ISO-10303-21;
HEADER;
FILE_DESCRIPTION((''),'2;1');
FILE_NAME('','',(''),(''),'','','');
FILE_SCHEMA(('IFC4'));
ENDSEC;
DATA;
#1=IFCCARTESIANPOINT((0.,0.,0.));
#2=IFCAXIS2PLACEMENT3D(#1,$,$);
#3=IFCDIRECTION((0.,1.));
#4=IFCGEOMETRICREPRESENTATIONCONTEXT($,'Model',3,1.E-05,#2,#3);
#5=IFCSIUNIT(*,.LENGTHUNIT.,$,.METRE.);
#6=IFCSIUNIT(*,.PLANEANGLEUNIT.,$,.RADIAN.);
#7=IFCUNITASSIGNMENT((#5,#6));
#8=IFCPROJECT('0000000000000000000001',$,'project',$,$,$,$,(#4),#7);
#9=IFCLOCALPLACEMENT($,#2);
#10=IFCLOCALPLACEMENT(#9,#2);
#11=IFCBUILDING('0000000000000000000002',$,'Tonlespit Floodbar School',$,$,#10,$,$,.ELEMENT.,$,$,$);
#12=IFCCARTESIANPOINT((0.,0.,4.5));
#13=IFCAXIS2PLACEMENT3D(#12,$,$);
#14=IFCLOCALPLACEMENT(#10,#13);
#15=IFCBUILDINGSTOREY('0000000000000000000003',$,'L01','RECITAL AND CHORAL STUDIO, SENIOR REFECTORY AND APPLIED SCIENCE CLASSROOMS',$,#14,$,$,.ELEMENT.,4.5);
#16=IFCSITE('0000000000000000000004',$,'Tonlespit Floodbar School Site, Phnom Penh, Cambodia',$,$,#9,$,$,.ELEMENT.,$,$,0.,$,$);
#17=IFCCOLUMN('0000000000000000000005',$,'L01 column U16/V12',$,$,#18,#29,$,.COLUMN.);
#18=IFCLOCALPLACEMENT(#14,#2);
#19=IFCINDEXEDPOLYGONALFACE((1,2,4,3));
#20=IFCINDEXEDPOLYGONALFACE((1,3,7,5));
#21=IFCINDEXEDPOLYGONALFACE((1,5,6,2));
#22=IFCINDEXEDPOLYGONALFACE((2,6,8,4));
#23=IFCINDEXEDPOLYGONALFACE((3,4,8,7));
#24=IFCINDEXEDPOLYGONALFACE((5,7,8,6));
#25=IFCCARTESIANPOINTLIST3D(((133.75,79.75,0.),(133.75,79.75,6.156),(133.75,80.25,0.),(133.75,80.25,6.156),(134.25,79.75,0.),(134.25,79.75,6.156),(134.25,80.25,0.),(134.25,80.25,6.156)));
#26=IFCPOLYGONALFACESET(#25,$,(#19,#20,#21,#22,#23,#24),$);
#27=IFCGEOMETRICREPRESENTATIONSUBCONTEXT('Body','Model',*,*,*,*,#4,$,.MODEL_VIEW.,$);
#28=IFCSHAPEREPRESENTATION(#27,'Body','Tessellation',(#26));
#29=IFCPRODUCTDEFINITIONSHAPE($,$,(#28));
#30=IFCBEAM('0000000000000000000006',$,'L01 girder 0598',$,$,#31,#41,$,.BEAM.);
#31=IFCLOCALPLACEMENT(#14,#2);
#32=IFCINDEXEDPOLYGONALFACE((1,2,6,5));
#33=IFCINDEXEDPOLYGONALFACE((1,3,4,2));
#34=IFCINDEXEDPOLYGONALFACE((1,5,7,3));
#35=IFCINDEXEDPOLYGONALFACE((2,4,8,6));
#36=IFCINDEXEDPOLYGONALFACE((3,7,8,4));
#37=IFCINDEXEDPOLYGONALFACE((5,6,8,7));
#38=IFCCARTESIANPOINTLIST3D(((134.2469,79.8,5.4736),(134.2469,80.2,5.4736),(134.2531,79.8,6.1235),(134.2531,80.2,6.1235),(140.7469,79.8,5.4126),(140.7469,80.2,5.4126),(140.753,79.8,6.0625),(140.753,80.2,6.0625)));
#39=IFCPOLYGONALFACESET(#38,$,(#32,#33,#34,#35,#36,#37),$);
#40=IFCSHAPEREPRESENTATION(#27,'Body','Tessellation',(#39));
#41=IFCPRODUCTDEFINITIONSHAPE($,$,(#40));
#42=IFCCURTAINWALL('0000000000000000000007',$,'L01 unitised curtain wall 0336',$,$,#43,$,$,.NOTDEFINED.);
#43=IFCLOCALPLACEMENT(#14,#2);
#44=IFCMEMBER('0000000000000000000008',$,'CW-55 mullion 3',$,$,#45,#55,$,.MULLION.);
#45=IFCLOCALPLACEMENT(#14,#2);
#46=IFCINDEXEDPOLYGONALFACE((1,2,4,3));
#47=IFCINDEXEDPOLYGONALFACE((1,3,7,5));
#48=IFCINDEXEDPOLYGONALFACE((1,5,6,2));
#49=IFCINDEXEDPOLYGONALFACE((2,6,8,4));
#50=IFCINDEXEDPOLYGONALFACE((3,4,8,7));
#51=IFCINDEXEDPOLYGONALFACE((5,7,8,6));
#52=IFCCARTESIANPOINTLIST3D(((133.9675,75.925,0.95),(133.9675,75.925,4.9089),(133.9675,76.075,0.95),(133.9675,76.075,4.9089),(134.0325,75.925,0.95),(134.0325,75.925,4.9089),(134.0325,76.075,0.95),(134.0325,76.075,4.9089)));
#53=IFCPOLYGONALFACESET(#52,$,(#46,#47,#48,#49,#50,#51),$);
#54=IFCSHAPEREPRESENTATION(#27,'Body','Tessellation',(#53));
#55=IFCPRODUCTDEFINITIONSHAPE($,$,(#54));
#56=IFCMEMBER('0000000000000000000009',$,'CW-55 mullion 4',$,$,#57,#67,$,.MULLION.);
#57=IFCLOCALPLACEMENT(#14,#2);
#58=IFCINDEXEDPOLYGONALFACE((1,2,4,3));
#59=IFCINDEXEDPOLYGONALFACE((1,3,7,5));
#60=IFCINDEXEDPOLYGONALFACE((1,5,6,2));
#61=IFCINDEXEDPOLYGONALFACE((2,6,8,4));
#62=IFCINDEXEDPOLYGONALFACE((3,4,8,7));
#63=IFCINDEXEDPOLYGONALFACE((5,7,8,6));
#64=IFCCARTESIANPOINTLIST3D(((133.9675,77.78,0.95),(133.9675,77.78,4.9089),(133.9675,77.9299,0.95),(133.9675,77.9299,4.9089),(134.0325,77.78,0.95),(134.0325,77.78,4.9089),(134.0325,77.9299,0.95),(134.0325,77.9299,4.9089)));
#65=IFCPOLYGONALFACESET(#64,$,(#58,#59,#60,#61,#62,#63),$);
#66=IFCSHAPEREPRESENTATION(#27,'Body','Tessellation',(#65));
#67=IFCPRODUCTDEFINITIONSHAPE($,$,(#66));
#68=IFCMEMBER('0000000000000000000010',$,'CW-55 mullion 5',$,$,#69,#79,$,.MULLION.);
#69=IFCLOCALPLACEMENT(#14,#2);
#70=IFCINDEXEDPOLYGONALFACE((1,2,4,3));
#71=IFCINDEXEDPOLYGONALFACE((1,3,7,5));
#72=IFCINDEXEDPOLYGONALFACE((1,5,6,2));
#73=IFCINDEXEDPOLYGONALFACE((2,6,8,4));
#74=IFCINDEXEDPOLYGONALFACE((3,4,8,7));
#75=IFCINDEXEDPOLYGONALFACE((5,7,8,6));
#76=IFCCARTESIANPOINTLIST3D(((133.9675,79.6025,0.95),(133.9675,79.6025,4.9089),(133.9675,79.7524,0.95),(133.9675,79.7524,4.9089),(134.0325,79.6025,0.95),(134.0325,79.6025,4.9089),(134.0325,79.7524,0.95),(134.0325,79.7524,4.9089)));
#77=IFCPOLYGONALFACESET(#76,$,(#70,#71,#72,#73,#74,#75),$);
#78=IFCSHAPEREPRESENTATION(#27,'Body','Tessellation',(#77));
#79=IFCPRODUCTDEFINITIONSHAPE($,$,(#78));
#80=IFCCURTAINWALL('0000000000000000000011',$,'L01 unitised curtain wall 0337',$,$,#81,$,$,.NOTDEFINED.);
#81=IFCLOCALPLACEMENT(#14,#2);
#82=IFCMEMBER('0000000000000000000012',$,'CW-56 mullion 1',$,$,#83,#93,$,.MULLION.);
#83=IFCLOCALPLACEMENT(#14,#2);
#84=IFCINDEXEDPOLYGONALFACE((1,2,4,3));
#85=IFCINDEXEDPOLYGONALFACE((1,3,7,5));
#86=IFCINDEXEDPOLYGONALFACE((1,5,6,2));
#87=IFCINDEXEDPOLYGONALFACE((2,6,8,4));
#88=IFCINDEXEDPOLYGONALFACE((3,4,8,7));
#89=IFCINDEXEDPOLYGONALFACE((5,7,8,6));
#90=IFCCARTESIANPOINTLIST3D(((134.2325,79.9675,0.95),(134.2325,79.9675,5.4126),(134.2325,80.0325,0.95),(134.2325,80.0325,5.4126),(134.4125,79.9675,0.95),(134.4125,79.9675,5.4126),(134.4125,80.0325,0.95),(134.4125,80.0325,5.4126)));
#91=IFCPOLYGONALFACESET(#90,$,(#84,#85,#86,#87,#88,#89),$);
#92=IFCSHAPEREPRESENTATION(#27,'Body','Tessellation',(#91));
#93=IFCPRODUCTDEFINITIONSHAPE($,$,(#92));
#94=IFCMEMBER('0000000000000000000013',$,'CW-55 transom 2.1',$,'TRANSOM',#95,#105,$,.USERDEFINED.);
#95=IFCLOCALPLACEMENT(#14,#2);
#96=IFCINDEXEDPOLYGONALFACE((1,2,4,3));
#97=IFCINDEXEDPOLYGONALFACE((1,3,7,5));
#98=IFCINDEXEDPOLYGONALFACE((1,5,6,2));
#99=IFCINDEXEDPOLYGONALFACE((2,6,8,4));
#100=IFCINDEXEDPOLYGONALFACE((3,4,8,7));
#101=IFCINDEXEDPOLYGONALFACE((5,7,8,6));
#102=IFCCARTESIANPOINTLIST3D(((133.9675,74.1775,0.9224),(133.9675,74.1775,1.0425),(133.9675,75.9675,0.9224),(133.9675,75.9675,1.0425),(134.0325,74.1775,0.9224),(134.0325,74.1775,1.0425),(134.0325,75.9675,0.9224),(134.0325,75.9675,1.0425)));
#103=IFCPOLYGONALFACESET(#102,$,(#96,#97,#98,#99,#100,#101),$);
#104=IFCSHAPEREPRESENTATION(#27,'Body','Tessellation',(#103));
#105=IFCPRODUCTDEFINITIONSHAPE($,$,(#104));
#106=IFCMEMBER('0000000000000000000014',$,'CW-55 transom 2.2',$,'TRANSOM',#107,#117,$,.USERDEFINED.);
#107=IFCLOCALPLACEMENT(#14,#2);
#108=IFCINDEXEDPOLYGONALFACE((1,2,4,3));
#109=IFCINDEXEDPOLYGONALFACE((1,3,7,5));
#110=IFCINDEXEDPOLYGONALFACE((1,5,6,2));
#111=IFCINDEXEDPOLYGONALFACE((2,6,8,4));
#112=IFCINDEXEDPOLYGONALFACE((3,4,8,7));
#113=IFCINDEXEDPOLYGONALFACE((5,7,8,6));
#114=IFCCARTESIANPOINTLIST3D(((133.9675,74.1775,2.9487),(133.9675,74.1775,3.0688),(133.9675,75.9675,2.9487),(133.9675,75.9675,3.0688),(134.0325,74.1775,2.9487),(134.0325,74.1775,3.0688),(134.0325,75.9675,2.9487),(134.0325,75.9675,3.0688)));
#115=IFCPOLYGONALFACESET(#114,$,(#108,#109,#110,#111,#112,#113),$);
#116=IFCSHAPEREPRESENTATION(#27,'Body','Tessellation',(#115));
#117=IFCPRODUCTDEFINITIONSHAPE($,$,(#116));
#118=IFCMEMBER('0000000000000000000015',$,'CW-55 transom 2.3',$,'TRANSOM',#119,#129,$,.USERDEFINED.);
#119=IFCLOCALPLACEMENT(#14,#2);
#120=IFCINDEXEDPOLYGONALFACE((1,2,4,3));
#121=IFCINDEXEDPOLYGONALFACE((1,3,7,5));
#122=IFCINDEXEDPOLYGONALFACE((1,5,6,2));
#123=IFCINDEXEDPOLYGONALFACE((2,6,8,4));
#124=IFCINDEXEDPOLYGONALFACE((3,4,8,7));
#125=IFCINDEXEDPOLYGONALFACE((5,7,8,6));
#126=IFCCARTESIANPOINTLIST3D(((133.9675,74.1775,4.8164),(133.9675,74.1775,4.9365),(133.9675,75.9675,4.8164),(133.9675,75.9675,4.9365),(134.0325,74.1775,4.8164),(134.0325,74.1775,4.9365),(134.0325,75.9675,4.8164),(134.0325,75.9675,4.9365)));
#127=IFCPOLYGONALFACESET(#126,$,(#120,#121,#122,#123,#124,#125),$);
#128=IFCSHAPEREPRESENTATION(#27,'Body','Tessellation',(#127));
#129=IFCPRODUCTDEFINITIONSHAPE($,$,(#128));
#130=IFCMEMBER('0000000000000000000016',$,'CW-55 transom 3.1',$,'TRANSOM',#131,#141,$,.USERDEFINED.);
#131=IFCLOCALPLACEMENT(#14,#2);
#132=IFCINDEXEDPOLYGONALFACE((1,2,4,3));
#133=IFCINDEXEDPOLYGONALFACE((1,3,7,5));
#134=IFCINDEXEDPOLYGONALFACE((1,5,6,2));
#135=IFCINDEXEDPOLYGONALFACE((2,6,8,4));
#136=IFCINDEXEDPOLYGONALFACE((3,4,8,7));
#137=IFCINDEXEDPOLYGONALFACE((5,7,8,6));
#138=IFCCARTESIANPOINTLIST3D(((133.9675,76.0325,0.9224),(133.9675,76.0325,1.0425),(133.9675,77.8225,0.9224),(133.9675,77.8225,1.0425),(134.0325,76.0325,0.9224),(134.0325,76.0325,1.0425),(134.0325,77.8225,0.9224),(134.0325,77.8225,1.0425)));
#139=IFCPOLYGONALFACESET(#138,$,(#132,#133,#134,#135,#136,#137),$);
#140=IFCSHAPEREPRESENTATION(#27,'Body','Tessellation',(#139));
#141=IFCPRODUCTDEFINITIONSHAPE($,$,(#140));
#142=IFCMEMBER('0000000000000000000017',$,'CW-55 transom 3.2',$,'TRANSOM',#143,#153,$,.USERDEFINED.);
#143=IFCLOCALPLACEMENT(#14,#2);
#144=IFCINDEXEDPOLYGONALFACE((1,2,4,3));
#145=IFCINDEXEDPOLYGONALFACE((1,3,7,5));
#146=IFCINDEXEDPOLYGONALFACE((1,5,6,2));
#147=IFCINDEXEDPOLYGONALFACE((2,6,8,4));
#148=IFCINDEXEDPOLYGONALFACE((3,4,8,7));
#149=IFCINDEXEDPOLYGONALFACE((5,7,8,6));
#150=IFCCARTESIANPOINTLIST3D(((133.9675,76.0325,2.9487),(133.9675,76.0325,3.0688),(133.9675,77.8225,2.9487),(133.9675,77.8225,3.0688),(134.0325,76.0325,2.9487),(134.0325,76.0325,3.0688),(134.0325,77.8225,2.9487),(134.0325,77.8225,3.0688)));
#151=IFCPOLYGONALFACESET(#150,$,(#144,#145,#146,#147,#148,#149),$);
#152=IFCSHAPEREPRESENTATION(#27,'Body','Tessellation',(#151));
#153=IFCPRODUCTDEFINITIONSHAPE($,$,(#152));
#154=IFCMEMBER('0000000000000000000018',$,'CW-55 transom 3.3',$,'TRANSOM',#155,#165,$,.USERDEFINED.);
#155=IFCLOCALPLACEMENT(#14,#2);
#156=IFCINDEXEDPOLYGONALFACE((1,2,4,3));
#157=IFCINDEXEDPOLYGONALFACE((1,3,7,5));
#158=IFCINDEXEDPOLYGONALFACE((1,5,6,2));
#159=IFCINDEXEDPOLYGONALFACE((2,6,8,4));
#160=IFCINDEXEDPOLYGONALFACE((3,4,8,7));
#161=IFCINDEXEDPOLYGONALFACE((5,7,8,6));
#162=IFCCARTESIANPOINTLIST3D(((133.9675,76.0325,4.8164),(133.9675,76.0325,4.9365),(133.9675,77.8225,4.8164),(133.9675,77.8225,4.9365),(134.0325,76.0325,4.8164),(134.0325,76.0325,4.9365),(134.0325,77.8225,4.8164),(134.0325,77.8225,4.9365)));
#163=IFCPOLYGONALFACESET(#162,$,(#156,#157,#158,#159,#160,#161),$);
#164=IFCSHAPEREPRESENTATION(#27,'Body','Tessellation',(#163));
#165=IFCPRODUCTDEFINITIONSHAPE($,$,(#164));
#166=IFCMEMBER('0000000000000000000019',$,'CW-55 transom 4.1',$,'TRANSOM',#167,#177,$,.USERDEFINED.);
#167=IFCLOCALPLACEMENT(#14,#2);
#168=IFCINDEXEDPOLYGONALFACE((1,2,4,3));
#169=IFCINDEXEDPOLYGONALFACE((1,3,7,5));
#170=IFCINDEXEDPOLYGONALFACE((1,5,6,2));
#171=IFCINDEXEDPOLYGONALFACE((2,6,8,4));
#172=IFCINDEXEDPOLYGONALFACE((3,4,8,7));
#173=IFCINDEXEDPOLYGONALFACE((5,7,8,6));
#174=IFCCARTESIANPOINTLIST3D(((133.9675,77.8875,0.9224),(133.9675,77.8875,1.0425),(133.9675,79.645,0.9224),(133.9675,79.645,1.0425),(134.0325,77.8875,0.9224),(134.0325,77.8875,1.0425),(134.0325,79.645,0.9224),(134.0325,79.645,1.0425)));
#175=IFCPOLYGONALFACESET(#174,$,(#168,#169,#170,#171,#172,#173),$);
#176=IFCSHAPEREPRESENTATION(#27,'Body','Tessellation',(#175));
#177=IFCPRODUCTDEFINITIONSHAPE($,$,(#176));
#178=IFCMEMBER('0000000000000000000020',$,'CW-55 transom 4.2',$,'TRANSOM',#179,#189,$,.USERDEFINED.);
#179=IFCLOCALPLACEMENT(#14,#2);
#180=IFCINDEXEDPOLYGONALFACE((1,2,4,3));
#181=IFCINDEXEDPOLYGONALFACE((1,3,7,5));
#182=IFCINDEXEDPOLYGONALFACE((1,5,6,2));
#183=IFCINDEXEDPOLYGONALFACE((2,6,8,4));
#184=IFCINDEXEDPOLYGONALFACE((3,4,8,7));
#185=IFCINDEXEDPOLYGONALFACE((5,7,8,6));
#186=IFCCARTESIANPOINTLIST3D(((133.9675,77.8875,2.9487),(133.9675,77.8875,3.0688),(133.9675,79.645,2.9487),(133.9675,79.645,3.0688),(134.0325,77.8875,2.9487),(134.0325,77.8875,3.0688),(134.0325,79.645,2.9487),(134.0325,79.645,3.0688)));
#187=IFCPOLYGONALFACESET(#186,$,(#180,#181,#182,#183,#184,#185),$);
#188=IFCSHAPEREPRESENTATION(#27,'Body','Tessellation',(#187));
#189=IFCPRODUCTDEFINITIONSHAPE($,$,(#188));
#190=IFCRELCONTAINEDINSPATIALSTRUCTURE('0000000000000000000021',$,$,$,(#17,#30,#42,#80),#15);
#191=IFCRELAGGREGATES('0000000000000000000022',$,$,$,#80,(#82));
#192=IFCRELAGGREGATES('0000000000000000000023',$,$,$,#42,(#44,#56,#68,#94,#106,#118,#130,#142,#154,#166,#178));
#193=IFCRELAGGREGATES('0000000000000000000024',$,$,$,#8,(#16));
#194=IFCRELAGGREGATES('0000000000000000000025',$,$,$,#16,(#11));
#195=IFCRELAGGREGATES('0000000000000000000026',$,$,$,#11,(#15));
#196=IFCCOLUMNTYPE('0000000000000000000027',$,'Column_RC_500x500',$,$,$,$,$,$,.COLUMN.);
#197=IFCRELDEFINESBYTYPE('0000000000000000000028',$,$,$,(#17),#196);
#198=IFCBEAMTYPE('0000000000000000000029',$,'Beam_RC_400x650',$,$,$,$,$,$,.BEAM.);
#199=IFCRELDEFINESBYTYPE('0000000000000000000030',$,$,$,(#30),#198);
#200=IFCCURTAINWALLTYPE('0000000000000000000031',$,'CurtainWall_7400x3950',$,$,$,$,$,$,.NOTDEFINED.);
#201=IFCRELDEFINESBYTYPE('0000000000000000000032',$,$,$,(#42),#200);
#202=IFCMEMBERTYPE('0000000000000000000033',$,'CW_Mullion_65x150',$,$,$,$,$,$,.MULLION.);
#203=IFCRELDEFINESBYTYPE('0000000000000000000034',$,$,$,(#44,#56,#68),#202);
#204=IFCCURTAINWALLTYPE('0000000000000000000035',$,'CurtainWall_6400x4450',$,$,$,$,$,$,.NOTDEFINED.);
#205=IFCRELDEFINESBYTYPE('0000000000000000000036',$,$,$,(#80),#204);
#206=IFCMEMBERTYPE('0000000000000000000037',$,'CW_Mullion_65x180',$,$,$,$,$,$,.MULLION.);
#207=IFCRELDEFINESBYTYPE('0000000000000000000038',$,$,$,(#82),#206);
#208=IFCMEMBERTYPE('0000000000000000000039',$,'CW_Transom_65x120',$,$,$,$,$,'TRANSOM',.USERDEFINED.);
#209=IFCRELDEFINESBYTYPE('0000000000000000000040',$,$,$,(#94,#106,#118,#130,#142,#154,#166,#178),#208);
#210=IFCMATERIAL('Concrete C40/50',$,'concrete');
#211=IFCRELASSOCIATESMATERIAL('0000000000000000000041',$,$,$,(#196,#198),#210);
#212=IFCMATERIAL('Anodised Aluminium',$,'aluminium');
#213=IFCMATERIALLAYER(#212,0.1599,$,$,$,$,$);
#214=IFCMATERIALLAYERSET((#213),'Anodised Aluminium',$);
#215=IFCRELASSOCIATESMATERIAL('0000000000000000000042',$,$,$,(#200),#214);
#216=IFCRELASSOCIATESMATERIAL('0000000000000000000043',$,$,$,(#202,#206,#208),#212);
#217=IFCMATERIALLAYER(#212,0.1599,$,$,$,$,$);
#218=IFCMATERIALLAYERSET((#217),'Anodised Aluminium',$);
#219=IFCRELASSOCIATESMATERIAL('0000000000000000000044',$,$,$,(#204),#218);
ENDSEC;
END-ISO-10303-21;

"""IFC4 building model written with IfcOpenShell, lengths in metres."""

from ifc_helpers import new_model, si_unit, direction, frame, origin, origin_2d, place, context, subcontext, project, spatial, rectangle, extrude, material, layer, layer_set, material_profile, profile_set, type_object, element, aggregate, save


model = new_model("IFC4")

# Units and contexts
model_context = context("Model", 3, precision=1e-05, world=origin(), true_north=direction((0.0, 1.0)))
body_context = subcontext(model_context, "Body", "Model", "MODEL_VIEW")
ifc_project = project(units=[si_unit("LENGTHUNIT", "METRE"), si_unit("PLANEANGLEUNIT", "RADIAN")], contexts=[model_context])

# Site, building, storey
site_placement = place(None, origin())
site = spatial("IfcSite", under=ifc_project, at=site_placement, Name="Tonlespit Floodbar School Site, Phnom Penh, Cambodia", CompositionType="ELEMENT", RefElevation=0.0)
building_placement = place(site_placement, origin())
building = spatial("IfcBuilding", under=site, at=building_placement, Name="Tonlespit Floodbar School", CompositionType="ELEMENT")
storey_placement = place(building_placement, frame((0.0, 0.0, 4.5)))
storey = spatial("IfcBuildingStorey", under=building, at=storey_placement, Name="L01", Description="RECITAL AND CHORAL STUDIO, SENIOR REFECTORY AND APPLIED SCIENCE CLASSROOMS", CompositionType="ELEMENT", Elevation=4.5)

# Column
ifc_material_1 = material(Name="Concrete C40/50", Category="concrete")
ifc_material_profile_1 = material_profile(ifc_material_1, rectangle(XDim=0.5, YDim=0.5, at=origin_2d()), Name="RC 500x500")
ifc_profile_set_1 = profile_set([ifc_material_profile_1], Name="Concrete C40/50")
column_type = type_object("IfcColumnType", Name="Column_RC_500x500", PredefinedType="COLUMN", material=ifc_profile_set_1)
column_placement = place(storey_placement, frame((134.0, 80.0, 0.0), z_axis=(0.0, 0.0, 1.0), x_axis=(1.0, 0.0, 0.0)))
element("IfcColumn", 1, at=column_placement, inside=storey, type_object=column_type, Name="L01 column U16/V12", PredefinedType="COLUMN", context=body_context, shape_type="SweptSolid", body=[
    extrude(rectangle(XDim=0.5, YDim=0.5, at=origin_2d()), origin(), (0.0, 0.0, 1.0), 6.156),
])

# Beam
ifc_material_profile_2 = material_profile(ifc_material_1, rectangle(XDim=0.3999, YDim=0.6499, at=origin_2d()), Name="RC 400x650")
ifc_profile_set_2 = profile_set([ifc_material_profile_2], Name="Concrete C40/50")
beam_type = type_object("IfcBeamType", Name="Beam_RC_400x650", PredefinedType="BEAM", material=ifc_profile_set_2)
beam_placement = place(storey_placement, frame((134.25, 80.0, 5.7986), z_axis=(0.999956, 0.0, -0.00939), x_axis=(0.0, 1.0, 0.0)))
element("IfcBeam", 2, at=beam_placement, inside=storey, type_object=beam_type, Name="L01 girder 0598", PredefinedType="BEAM", context=body_context, shape_type="SweptSolid", body=[
    extrude(rectangle(XDim=0.3999, YDim=0.6499, at=origin_2d()), origin(), (0.0, 0.0, 1.0), 6.5002),
])

# Curtain wall, members
ifc_material_2 = material(Name="Anodised Aluminium", Category="aluminium")
ifc_layer_1 = layer(ifc_material_2, 0.1599)
ifc_layer_set_1 = layer_set([ifc_layer_1], Name="Anodised Aluminium")
curtain_wall_type_1 = type_object("IfcCurtainWallType", Name="CurtainWall_7400x3950", PredefinedType="NOTDEFINED", material=ifc_layer_set_1)
curtain_wall_1_placement = place(storey_placement, origin())
curtain_wall_1 = element("IfcCurtainWall", 3, at=curtain_wall_1_placement, inside=storey, type_object=curtain_wall_type_1, Name="L01 unitised curtain wall 0336", PredefinedType="NOTDEFINED")
ifc_material_profile_3 = material_profile(ifc_material_2, rectangle(XDim=0.0649, YDim=0.1499, at=origin_2d()), Name="ALU M65x150")
ifc_profile_set_3 = profile_set([ifc_material_profile_3], Name="Anodised Aluminium")
member_type_1 = type_object("IfcMemberType", Name="CW_Mullion_65x150", PredefinedType="MULLION", material=ifc_profile_set_3)
member_1_placement = place(storey_placement, frame((134.0, 76.0, 0.95), z_axis=(0.0, 0.0, 1.0), x_axis=(-1.0, 0.0, 0.0)))
member_1 = element("IfcMember", 4, at=member_1_placement, type_object=member_type_1, Name="CW-55 mullion 3", PredefinedType="MULLION", context=body_context, shape_type="SweptSolid", body=[
    extrude(rectangle(XDim=0.0649, YDim=0.1499, at=origin_2d()), origin(), (0.0, 0.0, 1.0), 3.959),
])
member_2_placement = place(storey_placement, frame((134.0, 77.855, 0.95), z_axis=(0.0, 0.0, 1.0), x_axis=(-1.0, 0.0, 0.0)))
member_2 = element("IfcMember", 5, at=member_2_placement, type_object=member_type_1, Name="CW-55 mullion 4", PredefinedType="MULLION", context=body_context, shape_type="SweptSolid", body=[
    extrude(rectangle(XDim=0.0649, YDim=0.1499, at=origin_2d()), origin(), (0.0, 0.0, 1.0), 3.959),
])
member_3_placement = place(storey_placement, frame((134.0, 79.6775, 0.95), z_axis=(0.0, 0.0, 1.0), x_axis=(-1.0, 0.0, 0.0)))
member_3 = element("IfcMember", 6, at=member_3_placement, type_object=member_type_1, Name="CW-55 mullion 5", PredefinedType="MULLION", context=body_context, shape_type="SweptSolid", body=[
    extrude(rectangle(XDim=0.0649, YDim=0.1499, at=origin_2d()), origin(), (0.0, 0.0, 1.0), 3.959),
])

# Curtain wall, member
ifc_layer_2 = layer(ifc_material_2, 0.1599)
ifc_layer_set_2 = layer_set([ifc_layer_2], Name="Anodised Aluminium")
curtain_wall_type_2 = type_object("IfcCurtainWallType", Name="CurtainWall_6400x4450", PredefinedType="NOTDEFINED", material=ifc_layer_set_2)
curtain_wall_2_placement = place(storey_placement, origin())
curtain_wall_2 = element("IfcCurtainWall", 7, at=curtain_wall_2_placement, inside=storey, type_object=curtain_wall_type_2, Name="L01 unitised curtain wall 0337", PredefinedType="NOTDEFINED")
ifc_material_profile_4 = material_profile(ifc_material_2, rectangle(XDim=0.0649, YDim=0.1799, at=origin_2d()), Name="ALU M65x180")
ifc_profile_set_4 = profile_set([ifc_material_profile_4], Name="Anodised Aluminium")
member_type_2 = type_object("IfcMemberType", Name="CW_Mullion_65x180", PredefinedType="MULLION", material=ifc_profile_set_4)
member_4_placement = place(storey_placement, frame((134.3225, 80.0, 0.95), z_axis=(0.0, 0.0, 1.0), x_axis=(0.0, 1.0, 0.0)))
member_4 = element("IfcMember", 8, at=member_4_placement, type_object=member_type_2, Name="CW-56 mullion 1", PredefinedType="MULLION", context=body_context, shape_type="SweptSolid", body=[
    extrude(rectangle(XDim=0.0649, YDim=0.1799, at=origin_2d()), origin(), (0.0, 0.0, 1.0), 4.4626),
])

# Members
ifc_material_profile_5 = material_profile(ifc_material_2, rectangle(XDim=0.0649, YDim=0.1201, at=origin_2d()), Name="ALU T65x120")
ifc_profile_set_5 = profile_set([ifc_material_profile_5], Name="Anodised Aluminium")
member_type_3 = type_object("IfcMemberType", Name="CW_Transom_65x120", ElementType="TRANSOM", PredefinedType="USERDEFINED", material=ifc_profile_set_5)
member_5_placement = place(storey_placement, frame((134.0, 74.1775, 0.9824), z_axis=(0.0, 1.0, 0.0), x_axis=(-1.0, 0.0, 0.0)))
member_5 = element("IfcMember", 9, at=member_5_placement, type_object=member_type_3, Name="CW-55 transom 2.1", ObjectType="TRANSOM", PredefinedType="USERDEFINED", context=body_context, shape_type="SweptSolid", body=[
    extrude(rectangle(XDim=0.0649, YDim=0.1201, at=origin_2d()), origin(), (0.0, 0.0, 1.0), 1.79),
])
member_6_placement = place(storey_placement, frame((134.0, 74.1775, 3.0088), z_axis=(0.0, 1.0, 0.0), x_axis=(-1.0, 0.0, 0.0)))
member_6 = element("IfcMember", 10, at=member_6_placement, type_object=member_type_3, Name="CW-55 transom 2.2", ObjectType="TRANSOM", PredefinedType="USERDEFINED", context=body_context, shape_type="SweptSolid", body=[
    extrude(rectangle(XDim=0.0649, YDim=0.1201, at=origin_2d()), origin(), (0.0, 0.0, 1.0), 1.79),
])
member_7_placement = place(storey_placement, frame((134.0, 74.1775, 4.8765), z_axis=(0.0, 1.0, 0.0), x_axis=(-1.0, 0.0, 0.0)))
member_7 = element("IfcMember", 11, at=member_7_placement, type_object=member_type_3, Name="CW-55 transom 2.3", ObjectType="TRANSOM", PredefinedType="USERDEFINED", context=body_context, shape_type="SweptSolid", body=[
    extrude(rectangle(XDim=0.0649, YDim=0.1201, at=origin_2d()), origin(), (0.0, 0.0, 1.0), 1.79),
])
member_8_placement = place(storey_placement, frame((134.0, 76.0325, 0.9824), z_axis=(0.0, 1.0, 0.0), x_axis=(-1.0, 0.0, 0.0)))
member_8 = element("IfcMember", 12, at=member_8_placement, type_object=member_type_3, Name="CW-55 transom 3.1", ObjectType="TRANSOM", PredefinedType="USERDEFINED", context=body_context, shape_type="SweptSolid", body=[
    extrude(rectangle(XDim=0.0649, YDim=0.1201, at=origin_2d()), origin(), (0.0, 0.0, 1.0), 1.79),
])
member_9_placement = place(storey_placement, frame((134.0, 76.0325, 3.0088), z_axis=(0.0, 1.0, 0.0), x_axis=(-1.0, 0.0, 0.0)))
member_9 = element("IfcMember", 13, at=member_9_placement, type_object=member_type_3, Name="CW-55 transom 3.2", ObjectType="TRANSOM", PredefinedType="USERDEFINED", context=body_context, shape_type="SweptSolid", body=[
    extrude(rectangle(XDim=0.0649, YDim=0.1201, at=origin_2d()), origin(), (0.0, 0.0, 1.0), 1.79),
])
member_10_placement = place(storey_placement, frame((134.0, 76.0325, 4.8765), z_axis=(0.0, 1.0, 0.0), x_axis=(-1.0, 0.0, 0.0)))
member_10 = element("IfcMember", 14, at=member_10_placement, type_object=member_type_3, Name="CW-55 transom 3.3", ObjectType="TRANSOM", PredefinedType="USERDEFINED", context=body_context, shape_type="SweptSolid", body=[
    extrude(rectangle(XDim=0.0649, YDim=0.1201, at=origin_2d()), origin(), (0.0, 0.0, 1.0), 1.79),
])
member_11_placement = place(storey_placement, frame((134.0, 77.8875, 0.9824), z_axis=(0.0, 1.0, 0.0), x_axis=(-1.0, 0.0, 0.0)))
member_11 = element("IfcMember", 15, at=member_11_placement, type_object=member_type_3, Name="CW-55 transom 4.1", ObjectType="TRANSOM", PredefinedType="USERDEFINED", context=body_context, shape_type="SweptSolid", body=[
    extrude(rectangle(XDim=0.0649, YDim=0.1201, at=origin_2d()), origin(), (0.0, 0.0, 1.0), 1.7576),
])
member_12_placement = place(storey_placement, frame((134.0, 77.8875, 3.0088), z_axis=(0.0, 1.0, 0.0), x_axis=(-1.0, 0.0, 0.0)))
member_12 = element("IfcMember", 16, at=member_12_placement, type_object=member_type_3, Name="CW-55 transom 4.2", ObjectType="TRANSOM", PredefinedType="USERDEFINED", context=body_context, shape_type="SweptSolid", body=[
    extrude(rectangle(XDim=0.0649, YDim=0.1201, at=origin_2d()), origin(), (0.0, 0.0, 1.0), 1.7576),
])

aggregate(curtain_wall_2, [member_4])
aggregate(curtain_wall_1, [member_1, member_2, member_3, member_5, member_6, member_7, member_8, member_9, member_10, member_11, member_12])

save(model, "model.ifc")
